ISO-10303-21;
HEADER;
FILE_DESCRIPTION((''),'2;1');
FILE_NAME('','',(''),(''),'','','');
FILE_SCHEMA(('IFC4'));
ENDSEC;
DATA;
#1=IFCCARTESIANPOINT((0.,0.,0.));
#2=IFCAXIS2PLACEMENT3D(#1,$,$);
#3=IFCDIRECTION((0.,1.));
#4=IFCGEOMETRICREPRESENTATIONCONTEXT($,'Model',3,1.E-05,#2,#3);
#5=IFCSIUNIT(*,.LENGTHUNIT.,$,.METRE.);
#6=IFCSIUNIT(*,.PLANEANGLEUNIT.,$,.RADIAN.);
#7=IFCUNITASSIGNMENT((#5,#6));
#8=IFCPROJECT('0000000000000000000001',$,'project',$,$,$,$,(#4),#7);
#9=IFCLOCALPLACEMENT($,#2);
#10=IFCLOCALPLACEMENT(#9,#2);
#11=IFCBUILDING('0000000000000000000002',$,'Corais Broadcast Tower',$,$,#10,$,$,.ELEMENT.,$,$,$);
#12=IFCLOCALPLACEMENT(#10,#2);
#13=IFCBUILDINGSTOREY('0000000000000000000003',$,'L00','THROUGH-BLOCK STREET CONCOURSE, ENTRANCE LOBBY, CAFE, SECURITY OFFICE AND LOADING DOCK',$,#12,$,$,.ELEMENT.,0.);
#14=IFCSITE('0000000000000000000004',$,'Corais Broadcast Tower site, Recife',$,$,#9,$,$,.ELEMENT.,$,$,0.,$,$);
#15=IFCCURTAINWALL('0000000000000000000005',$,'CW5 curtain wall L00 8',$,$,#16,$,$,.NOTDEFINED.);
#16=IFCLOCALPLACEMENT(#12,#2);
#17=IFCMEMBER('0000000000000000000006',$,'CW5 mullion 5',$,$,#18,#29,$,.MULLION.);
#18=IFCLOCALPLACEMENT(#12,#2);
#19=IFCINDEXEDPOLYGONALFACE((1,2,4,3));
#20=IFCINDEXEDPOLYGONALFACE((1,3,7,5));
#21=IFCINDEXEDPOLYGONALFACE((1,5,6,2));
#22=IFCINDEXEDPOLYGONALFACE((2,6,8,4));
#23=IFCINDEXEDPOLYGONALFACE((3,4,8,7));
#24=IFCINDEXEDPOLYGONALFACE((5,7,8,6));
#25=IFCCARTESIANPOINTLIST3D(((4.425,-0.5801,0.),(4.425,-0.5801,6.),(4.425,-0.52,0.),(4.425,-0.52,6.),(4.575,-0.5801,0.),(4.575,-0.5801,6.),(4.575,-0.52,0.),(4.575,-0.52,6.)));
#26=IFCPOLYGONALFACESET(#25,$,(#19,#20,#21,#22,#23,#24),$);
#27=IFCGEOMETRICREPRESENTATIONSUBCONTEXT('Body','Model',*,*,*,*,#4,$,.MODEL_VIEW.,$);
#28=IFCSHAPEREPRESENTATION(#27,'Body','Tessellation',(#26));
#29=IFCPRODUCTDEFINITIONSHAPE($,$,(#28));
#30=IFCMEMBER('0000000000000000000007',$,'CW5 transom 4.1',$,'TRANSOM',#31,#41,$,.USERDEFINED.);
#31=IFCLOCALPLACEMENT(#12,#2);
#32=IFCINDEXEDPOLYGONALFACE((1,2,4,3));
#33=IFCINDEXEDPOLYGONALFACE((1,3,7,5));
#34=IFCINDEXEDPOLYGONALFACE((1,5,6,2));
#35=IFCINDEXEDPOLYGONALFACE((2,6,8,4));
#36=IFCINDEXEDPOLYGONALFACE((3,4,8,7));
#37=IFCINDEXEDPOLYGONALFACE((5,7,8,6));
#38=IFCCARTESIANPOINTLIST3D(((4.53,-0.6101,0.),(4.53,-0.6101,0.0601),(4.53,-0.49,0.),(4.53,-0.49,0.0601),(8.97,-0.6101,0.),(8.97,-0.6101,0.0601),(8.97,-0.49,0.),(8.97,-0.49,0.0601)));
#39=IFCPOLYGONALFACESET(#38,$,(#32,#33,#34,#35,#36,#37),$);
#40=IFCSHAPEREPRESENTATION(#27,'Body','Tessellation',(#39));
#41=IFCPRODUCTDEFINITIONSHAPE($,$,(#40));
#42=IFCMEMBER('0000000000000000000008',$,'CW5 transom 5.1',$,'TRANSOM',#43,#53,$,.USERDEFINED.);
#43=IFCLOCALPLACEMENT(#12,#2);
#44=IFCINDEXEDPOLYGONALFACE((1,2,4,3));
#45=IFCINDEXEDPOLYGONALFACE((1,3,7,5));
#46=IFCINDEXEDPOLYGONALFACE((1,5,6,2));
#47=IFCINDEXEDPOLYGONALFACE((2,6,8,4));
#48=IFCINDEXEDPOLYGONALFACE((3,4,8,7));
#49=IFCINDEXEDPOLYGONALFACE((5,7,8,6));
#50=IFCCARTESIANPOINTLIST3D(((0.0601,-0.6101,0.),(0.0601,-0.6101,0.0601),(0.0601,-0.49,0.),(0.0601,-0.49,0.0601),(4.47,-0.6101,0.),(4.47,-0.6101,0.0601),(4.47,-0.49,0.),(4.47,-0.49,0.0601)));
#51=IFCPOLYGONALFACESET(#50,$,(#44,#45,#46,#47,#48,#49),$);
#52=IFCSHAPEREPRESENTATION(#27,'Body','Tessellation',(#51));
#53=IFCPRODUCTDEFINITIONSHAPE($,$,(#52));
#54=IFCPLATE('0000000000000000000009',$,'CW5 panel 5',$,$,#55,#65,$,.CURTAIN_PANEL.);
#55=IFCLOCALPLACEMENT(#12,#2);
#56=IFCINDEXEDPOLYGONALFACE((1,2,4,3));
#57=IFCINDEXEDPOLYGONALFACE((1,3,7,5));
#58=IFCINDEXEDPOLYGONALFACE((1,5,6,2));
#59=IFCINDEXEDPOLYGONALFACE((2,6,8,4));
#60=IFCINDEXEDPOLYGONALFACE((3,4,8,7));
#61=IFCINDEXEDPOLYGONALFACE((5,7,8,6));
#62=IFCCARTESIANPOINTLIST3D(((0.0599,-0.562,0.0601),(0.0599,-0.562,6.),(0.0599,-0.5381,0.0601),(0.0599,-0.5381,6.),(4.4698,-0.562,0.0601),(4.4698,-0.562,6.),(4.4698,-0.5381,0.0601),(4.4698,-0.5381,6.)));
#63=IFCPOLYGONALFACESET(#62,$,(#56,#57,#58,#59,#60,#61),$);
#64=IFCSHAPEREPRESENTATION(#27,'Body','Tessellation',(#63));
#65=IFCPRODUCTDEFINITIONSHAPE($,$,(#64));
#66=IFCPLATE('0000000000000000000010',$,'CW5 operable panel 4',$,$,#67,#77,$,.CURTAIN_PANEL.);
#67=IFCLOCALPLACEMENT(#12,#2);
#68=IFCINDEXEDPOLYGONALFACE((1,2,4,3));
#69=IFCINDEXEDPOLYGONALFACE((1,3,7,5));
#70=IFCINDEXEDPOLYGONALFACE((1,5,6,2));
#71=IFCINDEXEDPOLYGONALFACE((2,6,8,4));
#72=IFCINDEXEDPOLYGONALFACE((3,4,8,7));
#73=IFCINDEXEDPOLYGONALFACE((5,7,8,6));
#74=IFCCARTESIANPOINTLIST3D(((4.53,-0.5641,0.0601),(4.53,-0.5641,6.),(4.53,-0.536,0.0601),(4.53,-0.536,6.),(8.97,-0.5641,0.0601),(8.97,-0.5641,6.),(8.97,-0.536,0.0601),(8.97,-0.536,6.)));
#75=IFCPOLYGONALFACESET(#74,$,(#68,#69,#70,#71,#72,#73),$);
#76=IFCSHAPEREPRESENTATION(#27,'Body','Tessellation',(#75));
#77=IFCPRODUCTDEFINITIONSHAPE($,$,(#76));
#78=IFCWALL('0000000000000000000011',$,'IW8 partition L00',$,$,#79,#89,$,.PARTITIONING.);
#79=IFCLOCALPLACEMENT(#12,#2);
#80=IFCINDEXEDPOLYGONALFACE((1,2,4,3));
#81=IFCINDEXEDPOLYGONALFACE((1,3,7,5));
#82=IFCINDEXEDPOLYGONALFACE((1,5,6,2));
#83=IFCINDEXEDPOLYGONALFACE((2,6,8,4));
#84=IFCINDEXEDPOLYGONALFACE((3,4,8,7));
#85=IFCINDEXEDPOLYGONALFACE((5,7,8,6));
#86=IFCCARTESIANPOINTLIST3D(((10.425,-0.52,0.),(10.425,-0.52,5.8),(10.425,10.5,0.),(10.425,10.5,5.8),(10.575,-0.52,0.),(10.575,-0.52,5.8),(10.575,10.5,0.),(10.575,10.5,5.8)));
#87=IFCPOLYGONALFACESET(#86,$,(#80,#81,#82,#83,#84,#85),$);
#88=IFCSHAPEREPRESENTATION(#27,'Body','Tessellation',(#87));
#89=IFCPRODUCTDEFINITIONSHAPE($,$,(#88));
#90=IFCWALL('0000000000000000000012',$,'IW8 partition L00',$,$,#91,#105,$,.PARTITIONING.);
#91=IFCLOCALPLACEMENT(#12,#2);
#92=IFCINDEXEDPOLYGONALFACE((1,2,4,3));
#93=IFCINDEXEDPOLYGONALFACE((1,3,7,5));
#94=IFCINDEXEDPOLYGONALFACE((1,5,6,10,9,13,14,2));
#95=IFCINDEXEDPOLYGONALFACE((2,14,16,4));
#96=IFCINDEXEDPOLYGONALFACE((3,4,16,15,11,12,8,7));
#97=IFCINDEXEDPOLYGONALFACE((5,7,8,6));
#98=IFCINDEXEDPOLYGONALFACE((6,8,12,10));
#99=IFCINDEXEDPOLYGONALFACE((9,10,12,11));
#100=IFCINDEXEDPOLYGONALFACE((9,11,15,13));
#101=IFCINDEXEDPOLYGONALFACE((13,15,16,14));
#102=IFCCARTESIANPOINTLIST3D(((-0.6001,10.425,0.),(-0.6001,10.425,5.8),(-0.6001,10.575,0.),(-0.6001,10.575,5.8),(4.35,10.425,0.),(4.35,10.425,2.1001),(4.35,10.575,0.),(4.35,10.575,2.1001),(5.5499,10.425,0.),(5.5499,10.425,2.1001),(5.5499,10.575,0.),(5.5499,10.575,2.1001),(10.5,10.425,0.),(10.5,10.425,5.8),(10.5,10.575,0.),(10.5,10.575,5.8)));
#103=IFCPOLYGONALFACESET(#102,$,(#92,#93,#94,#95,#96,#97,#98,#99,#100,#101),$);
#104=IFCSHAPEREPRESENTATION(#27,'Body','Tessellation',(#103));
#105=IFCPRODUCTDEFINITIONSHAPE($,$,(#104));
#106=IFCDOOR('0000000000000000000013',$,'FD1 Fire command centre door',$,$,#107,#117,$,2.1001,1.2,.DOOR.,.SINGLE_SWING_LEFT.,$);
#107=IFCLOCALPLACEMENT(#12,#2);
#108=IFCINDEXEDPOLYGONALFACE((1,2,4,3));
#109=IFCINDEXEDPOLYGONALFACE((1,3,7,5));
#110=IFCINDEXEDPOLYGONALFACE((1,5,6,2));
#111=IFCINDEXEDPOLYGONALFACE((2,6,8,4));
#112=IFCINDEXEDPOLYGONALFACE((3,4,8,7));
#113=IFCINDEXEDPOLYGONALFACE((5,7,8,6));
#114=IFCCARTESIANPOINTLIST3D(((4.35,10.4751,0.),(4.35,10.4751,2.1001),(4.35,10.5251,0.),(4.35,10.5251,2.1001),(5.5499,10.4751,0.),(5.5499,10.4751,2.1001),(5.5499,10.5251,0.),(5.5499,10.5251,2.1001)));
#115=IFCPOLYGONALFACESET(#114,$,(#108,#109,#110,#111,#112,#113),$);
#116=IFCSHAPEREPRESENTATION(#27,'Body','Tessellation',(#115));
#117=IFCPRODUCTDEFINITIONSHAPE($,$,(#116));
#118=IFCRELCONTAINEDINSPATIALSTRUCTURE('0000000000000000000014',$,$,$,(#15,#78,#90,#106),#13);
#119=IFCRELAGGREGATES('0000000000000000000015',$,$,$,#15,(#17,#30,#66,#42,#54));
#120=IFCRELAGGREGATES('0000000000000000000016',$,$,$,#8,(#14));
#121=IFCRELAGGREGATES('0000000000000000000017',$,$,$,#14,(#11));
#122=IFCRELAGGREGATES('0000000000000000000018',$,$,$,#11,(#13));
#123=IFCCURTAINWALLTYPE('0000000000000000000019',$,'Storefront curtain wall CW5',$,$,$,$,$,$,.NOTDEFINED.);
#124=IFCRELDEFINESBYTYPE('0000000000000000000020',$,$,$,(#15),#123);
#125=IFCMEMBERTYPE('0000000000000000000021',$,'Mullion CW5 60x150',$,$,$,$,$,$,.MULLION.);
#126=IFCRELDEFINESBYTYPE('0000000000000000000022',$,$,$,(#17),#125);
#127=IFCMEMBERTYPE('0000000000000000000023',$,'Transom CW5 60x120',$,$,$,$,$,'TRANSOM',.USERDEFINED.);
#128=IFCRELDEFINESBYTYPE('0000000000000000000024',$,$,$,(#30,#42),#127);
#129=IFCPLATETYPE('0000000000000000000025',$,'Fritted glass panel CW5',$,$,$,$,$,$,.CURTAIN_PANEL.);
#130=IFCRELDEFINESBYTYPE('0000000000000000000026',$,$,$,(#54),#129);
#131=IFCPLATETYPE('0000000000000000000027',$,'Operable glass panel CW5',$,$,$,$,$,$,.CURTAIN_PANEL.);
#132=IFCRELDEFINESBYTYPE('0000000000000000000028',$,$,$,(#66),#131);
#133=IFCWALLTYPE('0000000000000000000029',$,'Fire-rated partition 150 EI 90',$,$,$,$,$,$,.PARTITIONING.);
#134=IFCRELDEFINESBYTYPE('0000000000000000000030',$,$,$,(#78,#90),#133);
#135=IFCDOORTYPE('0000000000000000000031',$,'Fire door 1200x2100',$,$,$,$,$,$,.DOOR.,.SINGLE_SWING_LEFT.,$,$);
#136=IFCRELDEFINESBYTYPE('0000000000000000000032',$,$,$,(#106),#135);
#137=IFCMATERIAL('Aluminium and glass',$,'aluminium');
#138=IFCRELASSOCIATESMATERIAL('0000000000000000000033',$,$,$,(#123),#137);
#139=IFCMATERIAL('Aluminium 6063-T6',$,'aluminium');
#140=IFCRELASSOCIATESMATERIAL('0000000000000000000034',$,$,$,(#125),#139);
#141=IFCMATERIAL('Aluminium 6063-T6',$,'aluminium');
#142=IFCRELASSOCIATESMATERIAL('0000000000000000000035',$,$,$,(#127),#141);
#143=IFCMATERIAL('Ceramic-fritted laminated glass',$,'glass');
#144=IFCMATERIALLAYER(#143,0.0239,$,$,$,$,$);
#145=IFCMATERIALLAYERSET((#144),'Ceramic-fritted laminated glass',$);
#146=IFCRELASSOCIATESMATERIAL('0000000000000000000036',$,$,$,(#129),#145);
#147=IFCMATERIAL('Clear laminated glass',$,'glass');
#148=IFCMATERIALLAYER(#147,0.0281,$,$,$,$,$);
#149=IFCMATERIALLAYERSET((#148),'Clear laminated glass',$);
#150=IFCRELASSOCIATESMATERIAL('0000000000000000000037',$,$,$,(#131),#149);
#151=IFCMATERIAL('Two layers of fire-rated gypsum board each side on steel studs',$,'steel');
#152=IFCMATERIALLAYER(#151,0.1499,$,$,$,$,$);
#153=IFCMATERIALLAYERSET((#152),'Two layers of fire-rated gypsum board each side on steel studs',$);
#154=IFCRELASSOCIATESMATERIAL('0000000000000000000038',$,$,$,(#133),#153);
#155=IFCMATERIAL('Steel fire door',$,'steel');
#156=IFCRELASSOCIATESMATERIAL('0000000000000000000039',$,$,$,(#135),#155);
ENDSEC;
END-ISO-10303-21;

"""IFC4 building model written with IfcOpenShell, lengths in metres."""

from ifc_helpers import new_model, si_unit, direction, frame, frame_2d, origin, origin_2d, place, context, subcontext, project, spatial, rectangle, extrude, material, layer, layer_set, material_profile, profile_set, type_object, element, fill, aggregate, save


model = new_model("IFC4")

# Units and contexts
model_context = context("Model", 3, precision=1e-05, world=origin(), true_north=direction((0.0, 1.0)))
body_context = subcontext(model_context, "Body", "Model", "MODEL_VIEW")
ifc_project = project(units=[si_unit("LENGTHUNIT", "METRE"), si_unit("PLANEANGLEUNIT", "RADIAN")], contexts=[model_context])

# Site, building, storey
site_placement = place(None, origin())
site = spatial("IfcSite", under=ifc_project, at=site_placement, Name="Corais Broadcast Tower site, Recife", CompositionType="ELEMENT", RefElevation=0.0)
building_placement = place(site_placement, origin())
building = spatial("IfcBuilding", under=site, at=building_placement, Name="Corais Broadcast Tower", CompositionType="ELEMENT")
storey_placement = place(building_placement, origin())
storey = spatial("IfcBuildingStorey", under=building, at=storey_placement, Name="L00", Description="THROUGH-BLOCK STREET CONCOURSE, ENTRANCE LOBBY, CAFE, SECURITY OFFICE AND LOADING DOCK", CompositionType="ELEMENT", Elevation=0.0)

# Curtain wall, members, plates
ifc_material_1 = material(Name="Aluminium and glass", Category="aluminium")
curtain_wall_type = type_object("IfcCurtainWallType", Name="Storefront curtain wall CW5", PredefinedType="NOTDEFINED", material=ifc_material_1)
curtain_wall_placement = place(storey_placement, origin())
curtain_wall = element("IfcCurtainWall", 1, at=curtain_wall_placement, inside=storey, type_object=curtain_wall_type, Name="CW5 curtain wall L00 8", PredefinedType="NOTDEFINED")
ifc_material_2 = material(Name="Aluminium 6063-T6", Category="aluminium")
ifc_material_profile_1 = material_profile(ifc_material_2, rectangle(XDim=0.0601, YDim=0.1499, at=origin_2d()), Name="Mullion CW5 60x150")
ifc_profile_set_1 = profile_set([ifc_material_profile_1], Name="Aluminium 6063-T6")
member_type_1 = type_object("IfcMemberType", Name="Mullion CW5 60x150", PredefinedType="MULLION", material=ifc_profile_set_1)
member_1_placement = place(storey_placement, frame((4.5, -0.55, 0.0), z_axis=(0.0, 0.0, 1.0), x_axis=(0.0, -1.0, 0.0)))
member_1 = element("IfcMember", 2, at=member_1_placement, type_object=member_type_1, Name="CW5 mullion 5", PredefinedType="MULLION", context=body_context, shape_type="SweptSolid", body=[
    extrude(rectangle(XDim=0.0601, YDim=0.1499, at=origin_2d()), origin(), (0.0, 0.0, 1.0), 6.0),
])
ifc_material_3 = material(Name="Aluminium 6063-T6", Category="aluminium")
ifc_material_profile_2 = material_profile(ifc_material_3, rectangle(XDim=0.1201, YDim=0.0601, at=origin_2d()), Name="Transom CW5 60x120")
ifc_profile_set_2 = profile_set([ifc_material_profile_2], Name="Aluminium 6063-T6")
member_type_2 = type_object("IfcMemberType", Name="Transom CW5 60x120", ElementType="TRANSOM", PredefinedType="USERDEFINED", material=ifc_profile_set_2)
member_2_placement = place(storey_placement, frame((8.97, -0.55, 0.03), z_axis=(-1.0, 0.0, 0.0), x_axis=(0.0, -1.0, 0.0)))
member_2 = element("IfcMember", 3, at=member_2_placement, type_object=member_type_2, Name="CW5 transom 4.1", ObjectType="TRANSOM", PredefinedType="USERDEFINED", context=body_context, shape_type="SweptSolid", body=[
    extrude(rectangle(XDim=0.1201, YDim=0.0601, at=origin_2d()), origin(), (0.0, 0.0, 1.0), 4.4399),
])
member_3_placement = place(storey_placement, frame((4.47, -0.55, 0.03), z_axis=(-1.0, 0.0, 0.0), x_axis=(0.0, -1.0, 0.0)))
member_3 = element("IfcMember", 4, at=member_3_placement, type_object=member_type_2, Name="CW5 transom 5.1", ObjectType="TRANSOM", PredefinedType="USERDEFINED", context=body_context, shape_type="SweptSolid", body=[
    extrude(rectangle(XDim=0.1201, YDim=0.0601, at=origin_2d()), origin(), (0.0, 0.0, 1.0), 4.4099),
])
ifc_material_4 = material(Name="Ceramic-fritted laminated glass", Category="glass")
ifc_layer_1 = layer(ifc_material_4, 0.0239)
ifc_layer_set_1 = layer_set([ifc_layer_1], Name="Ceramic-fritted laminated glass")
plate_type_1 = type_object("IfcPlateType", Name="Fritted glass panel CW5", PredefinedType="CURTAIN_PANEL", material=ifc_layer_set_1)
plate_1_placement = place(storey_placement, frame((2.2649, -0.55, 0.0601), z_axis=(0.0, 0.0, 1.0), x_axis=(-1.0, 0.0, 0.0)))
plate_1 = element("IfcPlate", 5, at=plate_1_placement, type_object=plate_type_1, Name="CW5 panel 5", PredefinedType="CURTAIN_PANEL", context=body_context, shape_type="SweptSolid", body=[
    extrude(rectangle(XDim=4.4099, YDim=0.0239, at=origin_2d()), origin(), (0.0, 0.0, 1.0), 5.9399),
])
ifc_material_5 = material(Name="Clear laminated glass", Category="glass")
ifc_layer_2 = layer(ifc_material_5, 0.0281)
ifc_layer_set_2 = layer_set([ifc_layer_2], Name="Clear laminated glass")
plate_type_2 = type_object("IfcPlateType", Name="Operable glass panel CW5", PredefinedType="CURTAIN_PANEL", material=ifc_layer_set_2)
plate_2_placement = place(storey_placement, frame((6.75, -0.55, 0.0601), z_axis=(0.0, 0.0, 1.0), x_axis=(-1.0, 0.0, 0.0)))
plate_2 = element("IfcPlate", 6, at=plate_2_placement, type_object=plate_type_2, Name="CW5 operable panel 4", PredefinedType="CURTAIN_PANEL", context=body_context, shape_type="SweptSolid", body=[
    extrude(rectangle(XDim=4.4399, YDim=0.0281, at=origin_2d()), origin(), (0.0, 0.0, 1.0), 5.9399),
])
aggregate(curtain_wall, [member_1, member_2, plate_2, member_3, plate_1])

# Wall
ifc_material_6 = material(Name="Two layers of fire-rated gypsum board each side on steel studs", Category="steel")
ifc_layer_3 = layer(ifc_material_6, 0.1499)
ifc_layer_set_3 = layer_set([ifc_layer_3], Name="Two layers of fire-rated gypsum board each side on steel studs")
wall_type = type_object("IfcWallType", Name="Fire-rated partition 150 EI 90", PredefinedType="PARTITIONING", material=ifc_layer_set_3)
wall_1_placement = place(storey_placement, frame((10.5, -0.52, 0.0), z_axis=(0.0, 0.0, 1.0), x_axis=(0.0, 1.0, 0.0)))
element("IfcWall", 7, at=wall_1_placement, inside=storey, type_object=wall_type, Name="IW8 partition L00", PredefinedType="PARTITIONING", context=body_context, shape_type="SweptSolid", body=[
    extrude(rectangle(XDim=11.02, YDim=0.1499, at=frame_2d((5.51, 0.0))), origin(), (0.0, 0.0, 1.0), 5.8),
])

# Wall, opening, door
wall_2_placement = place(storey_placement, frame((10.5, 10.5, 0.0), z_axis=(0.0, 0.0, 1.0), x_axis=(-1.0, 0.0, 0.0)))
wall_2 = element("IfcWall", 8, at=wall_2_placement, inside=storey, type_object=wall_type, Name="IW8 partition L00", PredefinedType="PARTITIONING", context=body_context, shape_type="SweptSolid", body=[
    extrude(rectangle(XDim=11.1001, YDim=0.1499, at=frame_2d((5.55, 0.0))), origin(), (0.0, 0.0, 1.0), 5.8),
])
opening_placement = place(wall_2_placement, frame((4.95, 0.0, 0.0)))
opening = element("IfcOpeningElement", 9, at=opening_placement, cuts=wall_2, PredefinedType="OPENING", context=body_context, shape_type="SweptSolid", body=[
    extrude(rectangle(XDim=1.2, YDim=2.1001, at=frame_2d((0.6001, 1.05))), frame((0.0, 0.085, 0.0), z_axis=(0.0, -1.0, 0.0), x_axis=(1.0, 0.0, 0.0)), (0.0, 0.0, 1.0), 0.1699),
])
ifc_material_7 = material(Name="Steel fire door", Category="steel")
door_type = type_object("IfcDoorType", Name="Fire door 1200x2100", OperationType="SINGLE_SWING_LEFT", PredefinedType="DOOR", material=ifc_material_7)
door_placement = place(opening_placement, origin())
door = element("IfcDoor", 10, at=door_placement, inside=storey, type_object=door_type, Name="FD1 Fire command centre door", OperationType="SINGLE_SWING_LEFT", OverallHeight=2.1001, OverallWidth=1.2, PredefinedType="DOOR", context=body_context, shape_type="SweptSolid", body=[
    extrude(rectangle(XDim=1.2, YDim=2.1001, at=frame_2d((0.6001, 1.05))), frame((0.0, 0.0249, 0.0), z_axis=(0.0, -1.0, 0.0), x_axis=(1.0, 0.0, 0.0)), (0.0, 0.0, 1.0), 0.05),
])
fill(opening, door)

save(model, "model.ifc")
